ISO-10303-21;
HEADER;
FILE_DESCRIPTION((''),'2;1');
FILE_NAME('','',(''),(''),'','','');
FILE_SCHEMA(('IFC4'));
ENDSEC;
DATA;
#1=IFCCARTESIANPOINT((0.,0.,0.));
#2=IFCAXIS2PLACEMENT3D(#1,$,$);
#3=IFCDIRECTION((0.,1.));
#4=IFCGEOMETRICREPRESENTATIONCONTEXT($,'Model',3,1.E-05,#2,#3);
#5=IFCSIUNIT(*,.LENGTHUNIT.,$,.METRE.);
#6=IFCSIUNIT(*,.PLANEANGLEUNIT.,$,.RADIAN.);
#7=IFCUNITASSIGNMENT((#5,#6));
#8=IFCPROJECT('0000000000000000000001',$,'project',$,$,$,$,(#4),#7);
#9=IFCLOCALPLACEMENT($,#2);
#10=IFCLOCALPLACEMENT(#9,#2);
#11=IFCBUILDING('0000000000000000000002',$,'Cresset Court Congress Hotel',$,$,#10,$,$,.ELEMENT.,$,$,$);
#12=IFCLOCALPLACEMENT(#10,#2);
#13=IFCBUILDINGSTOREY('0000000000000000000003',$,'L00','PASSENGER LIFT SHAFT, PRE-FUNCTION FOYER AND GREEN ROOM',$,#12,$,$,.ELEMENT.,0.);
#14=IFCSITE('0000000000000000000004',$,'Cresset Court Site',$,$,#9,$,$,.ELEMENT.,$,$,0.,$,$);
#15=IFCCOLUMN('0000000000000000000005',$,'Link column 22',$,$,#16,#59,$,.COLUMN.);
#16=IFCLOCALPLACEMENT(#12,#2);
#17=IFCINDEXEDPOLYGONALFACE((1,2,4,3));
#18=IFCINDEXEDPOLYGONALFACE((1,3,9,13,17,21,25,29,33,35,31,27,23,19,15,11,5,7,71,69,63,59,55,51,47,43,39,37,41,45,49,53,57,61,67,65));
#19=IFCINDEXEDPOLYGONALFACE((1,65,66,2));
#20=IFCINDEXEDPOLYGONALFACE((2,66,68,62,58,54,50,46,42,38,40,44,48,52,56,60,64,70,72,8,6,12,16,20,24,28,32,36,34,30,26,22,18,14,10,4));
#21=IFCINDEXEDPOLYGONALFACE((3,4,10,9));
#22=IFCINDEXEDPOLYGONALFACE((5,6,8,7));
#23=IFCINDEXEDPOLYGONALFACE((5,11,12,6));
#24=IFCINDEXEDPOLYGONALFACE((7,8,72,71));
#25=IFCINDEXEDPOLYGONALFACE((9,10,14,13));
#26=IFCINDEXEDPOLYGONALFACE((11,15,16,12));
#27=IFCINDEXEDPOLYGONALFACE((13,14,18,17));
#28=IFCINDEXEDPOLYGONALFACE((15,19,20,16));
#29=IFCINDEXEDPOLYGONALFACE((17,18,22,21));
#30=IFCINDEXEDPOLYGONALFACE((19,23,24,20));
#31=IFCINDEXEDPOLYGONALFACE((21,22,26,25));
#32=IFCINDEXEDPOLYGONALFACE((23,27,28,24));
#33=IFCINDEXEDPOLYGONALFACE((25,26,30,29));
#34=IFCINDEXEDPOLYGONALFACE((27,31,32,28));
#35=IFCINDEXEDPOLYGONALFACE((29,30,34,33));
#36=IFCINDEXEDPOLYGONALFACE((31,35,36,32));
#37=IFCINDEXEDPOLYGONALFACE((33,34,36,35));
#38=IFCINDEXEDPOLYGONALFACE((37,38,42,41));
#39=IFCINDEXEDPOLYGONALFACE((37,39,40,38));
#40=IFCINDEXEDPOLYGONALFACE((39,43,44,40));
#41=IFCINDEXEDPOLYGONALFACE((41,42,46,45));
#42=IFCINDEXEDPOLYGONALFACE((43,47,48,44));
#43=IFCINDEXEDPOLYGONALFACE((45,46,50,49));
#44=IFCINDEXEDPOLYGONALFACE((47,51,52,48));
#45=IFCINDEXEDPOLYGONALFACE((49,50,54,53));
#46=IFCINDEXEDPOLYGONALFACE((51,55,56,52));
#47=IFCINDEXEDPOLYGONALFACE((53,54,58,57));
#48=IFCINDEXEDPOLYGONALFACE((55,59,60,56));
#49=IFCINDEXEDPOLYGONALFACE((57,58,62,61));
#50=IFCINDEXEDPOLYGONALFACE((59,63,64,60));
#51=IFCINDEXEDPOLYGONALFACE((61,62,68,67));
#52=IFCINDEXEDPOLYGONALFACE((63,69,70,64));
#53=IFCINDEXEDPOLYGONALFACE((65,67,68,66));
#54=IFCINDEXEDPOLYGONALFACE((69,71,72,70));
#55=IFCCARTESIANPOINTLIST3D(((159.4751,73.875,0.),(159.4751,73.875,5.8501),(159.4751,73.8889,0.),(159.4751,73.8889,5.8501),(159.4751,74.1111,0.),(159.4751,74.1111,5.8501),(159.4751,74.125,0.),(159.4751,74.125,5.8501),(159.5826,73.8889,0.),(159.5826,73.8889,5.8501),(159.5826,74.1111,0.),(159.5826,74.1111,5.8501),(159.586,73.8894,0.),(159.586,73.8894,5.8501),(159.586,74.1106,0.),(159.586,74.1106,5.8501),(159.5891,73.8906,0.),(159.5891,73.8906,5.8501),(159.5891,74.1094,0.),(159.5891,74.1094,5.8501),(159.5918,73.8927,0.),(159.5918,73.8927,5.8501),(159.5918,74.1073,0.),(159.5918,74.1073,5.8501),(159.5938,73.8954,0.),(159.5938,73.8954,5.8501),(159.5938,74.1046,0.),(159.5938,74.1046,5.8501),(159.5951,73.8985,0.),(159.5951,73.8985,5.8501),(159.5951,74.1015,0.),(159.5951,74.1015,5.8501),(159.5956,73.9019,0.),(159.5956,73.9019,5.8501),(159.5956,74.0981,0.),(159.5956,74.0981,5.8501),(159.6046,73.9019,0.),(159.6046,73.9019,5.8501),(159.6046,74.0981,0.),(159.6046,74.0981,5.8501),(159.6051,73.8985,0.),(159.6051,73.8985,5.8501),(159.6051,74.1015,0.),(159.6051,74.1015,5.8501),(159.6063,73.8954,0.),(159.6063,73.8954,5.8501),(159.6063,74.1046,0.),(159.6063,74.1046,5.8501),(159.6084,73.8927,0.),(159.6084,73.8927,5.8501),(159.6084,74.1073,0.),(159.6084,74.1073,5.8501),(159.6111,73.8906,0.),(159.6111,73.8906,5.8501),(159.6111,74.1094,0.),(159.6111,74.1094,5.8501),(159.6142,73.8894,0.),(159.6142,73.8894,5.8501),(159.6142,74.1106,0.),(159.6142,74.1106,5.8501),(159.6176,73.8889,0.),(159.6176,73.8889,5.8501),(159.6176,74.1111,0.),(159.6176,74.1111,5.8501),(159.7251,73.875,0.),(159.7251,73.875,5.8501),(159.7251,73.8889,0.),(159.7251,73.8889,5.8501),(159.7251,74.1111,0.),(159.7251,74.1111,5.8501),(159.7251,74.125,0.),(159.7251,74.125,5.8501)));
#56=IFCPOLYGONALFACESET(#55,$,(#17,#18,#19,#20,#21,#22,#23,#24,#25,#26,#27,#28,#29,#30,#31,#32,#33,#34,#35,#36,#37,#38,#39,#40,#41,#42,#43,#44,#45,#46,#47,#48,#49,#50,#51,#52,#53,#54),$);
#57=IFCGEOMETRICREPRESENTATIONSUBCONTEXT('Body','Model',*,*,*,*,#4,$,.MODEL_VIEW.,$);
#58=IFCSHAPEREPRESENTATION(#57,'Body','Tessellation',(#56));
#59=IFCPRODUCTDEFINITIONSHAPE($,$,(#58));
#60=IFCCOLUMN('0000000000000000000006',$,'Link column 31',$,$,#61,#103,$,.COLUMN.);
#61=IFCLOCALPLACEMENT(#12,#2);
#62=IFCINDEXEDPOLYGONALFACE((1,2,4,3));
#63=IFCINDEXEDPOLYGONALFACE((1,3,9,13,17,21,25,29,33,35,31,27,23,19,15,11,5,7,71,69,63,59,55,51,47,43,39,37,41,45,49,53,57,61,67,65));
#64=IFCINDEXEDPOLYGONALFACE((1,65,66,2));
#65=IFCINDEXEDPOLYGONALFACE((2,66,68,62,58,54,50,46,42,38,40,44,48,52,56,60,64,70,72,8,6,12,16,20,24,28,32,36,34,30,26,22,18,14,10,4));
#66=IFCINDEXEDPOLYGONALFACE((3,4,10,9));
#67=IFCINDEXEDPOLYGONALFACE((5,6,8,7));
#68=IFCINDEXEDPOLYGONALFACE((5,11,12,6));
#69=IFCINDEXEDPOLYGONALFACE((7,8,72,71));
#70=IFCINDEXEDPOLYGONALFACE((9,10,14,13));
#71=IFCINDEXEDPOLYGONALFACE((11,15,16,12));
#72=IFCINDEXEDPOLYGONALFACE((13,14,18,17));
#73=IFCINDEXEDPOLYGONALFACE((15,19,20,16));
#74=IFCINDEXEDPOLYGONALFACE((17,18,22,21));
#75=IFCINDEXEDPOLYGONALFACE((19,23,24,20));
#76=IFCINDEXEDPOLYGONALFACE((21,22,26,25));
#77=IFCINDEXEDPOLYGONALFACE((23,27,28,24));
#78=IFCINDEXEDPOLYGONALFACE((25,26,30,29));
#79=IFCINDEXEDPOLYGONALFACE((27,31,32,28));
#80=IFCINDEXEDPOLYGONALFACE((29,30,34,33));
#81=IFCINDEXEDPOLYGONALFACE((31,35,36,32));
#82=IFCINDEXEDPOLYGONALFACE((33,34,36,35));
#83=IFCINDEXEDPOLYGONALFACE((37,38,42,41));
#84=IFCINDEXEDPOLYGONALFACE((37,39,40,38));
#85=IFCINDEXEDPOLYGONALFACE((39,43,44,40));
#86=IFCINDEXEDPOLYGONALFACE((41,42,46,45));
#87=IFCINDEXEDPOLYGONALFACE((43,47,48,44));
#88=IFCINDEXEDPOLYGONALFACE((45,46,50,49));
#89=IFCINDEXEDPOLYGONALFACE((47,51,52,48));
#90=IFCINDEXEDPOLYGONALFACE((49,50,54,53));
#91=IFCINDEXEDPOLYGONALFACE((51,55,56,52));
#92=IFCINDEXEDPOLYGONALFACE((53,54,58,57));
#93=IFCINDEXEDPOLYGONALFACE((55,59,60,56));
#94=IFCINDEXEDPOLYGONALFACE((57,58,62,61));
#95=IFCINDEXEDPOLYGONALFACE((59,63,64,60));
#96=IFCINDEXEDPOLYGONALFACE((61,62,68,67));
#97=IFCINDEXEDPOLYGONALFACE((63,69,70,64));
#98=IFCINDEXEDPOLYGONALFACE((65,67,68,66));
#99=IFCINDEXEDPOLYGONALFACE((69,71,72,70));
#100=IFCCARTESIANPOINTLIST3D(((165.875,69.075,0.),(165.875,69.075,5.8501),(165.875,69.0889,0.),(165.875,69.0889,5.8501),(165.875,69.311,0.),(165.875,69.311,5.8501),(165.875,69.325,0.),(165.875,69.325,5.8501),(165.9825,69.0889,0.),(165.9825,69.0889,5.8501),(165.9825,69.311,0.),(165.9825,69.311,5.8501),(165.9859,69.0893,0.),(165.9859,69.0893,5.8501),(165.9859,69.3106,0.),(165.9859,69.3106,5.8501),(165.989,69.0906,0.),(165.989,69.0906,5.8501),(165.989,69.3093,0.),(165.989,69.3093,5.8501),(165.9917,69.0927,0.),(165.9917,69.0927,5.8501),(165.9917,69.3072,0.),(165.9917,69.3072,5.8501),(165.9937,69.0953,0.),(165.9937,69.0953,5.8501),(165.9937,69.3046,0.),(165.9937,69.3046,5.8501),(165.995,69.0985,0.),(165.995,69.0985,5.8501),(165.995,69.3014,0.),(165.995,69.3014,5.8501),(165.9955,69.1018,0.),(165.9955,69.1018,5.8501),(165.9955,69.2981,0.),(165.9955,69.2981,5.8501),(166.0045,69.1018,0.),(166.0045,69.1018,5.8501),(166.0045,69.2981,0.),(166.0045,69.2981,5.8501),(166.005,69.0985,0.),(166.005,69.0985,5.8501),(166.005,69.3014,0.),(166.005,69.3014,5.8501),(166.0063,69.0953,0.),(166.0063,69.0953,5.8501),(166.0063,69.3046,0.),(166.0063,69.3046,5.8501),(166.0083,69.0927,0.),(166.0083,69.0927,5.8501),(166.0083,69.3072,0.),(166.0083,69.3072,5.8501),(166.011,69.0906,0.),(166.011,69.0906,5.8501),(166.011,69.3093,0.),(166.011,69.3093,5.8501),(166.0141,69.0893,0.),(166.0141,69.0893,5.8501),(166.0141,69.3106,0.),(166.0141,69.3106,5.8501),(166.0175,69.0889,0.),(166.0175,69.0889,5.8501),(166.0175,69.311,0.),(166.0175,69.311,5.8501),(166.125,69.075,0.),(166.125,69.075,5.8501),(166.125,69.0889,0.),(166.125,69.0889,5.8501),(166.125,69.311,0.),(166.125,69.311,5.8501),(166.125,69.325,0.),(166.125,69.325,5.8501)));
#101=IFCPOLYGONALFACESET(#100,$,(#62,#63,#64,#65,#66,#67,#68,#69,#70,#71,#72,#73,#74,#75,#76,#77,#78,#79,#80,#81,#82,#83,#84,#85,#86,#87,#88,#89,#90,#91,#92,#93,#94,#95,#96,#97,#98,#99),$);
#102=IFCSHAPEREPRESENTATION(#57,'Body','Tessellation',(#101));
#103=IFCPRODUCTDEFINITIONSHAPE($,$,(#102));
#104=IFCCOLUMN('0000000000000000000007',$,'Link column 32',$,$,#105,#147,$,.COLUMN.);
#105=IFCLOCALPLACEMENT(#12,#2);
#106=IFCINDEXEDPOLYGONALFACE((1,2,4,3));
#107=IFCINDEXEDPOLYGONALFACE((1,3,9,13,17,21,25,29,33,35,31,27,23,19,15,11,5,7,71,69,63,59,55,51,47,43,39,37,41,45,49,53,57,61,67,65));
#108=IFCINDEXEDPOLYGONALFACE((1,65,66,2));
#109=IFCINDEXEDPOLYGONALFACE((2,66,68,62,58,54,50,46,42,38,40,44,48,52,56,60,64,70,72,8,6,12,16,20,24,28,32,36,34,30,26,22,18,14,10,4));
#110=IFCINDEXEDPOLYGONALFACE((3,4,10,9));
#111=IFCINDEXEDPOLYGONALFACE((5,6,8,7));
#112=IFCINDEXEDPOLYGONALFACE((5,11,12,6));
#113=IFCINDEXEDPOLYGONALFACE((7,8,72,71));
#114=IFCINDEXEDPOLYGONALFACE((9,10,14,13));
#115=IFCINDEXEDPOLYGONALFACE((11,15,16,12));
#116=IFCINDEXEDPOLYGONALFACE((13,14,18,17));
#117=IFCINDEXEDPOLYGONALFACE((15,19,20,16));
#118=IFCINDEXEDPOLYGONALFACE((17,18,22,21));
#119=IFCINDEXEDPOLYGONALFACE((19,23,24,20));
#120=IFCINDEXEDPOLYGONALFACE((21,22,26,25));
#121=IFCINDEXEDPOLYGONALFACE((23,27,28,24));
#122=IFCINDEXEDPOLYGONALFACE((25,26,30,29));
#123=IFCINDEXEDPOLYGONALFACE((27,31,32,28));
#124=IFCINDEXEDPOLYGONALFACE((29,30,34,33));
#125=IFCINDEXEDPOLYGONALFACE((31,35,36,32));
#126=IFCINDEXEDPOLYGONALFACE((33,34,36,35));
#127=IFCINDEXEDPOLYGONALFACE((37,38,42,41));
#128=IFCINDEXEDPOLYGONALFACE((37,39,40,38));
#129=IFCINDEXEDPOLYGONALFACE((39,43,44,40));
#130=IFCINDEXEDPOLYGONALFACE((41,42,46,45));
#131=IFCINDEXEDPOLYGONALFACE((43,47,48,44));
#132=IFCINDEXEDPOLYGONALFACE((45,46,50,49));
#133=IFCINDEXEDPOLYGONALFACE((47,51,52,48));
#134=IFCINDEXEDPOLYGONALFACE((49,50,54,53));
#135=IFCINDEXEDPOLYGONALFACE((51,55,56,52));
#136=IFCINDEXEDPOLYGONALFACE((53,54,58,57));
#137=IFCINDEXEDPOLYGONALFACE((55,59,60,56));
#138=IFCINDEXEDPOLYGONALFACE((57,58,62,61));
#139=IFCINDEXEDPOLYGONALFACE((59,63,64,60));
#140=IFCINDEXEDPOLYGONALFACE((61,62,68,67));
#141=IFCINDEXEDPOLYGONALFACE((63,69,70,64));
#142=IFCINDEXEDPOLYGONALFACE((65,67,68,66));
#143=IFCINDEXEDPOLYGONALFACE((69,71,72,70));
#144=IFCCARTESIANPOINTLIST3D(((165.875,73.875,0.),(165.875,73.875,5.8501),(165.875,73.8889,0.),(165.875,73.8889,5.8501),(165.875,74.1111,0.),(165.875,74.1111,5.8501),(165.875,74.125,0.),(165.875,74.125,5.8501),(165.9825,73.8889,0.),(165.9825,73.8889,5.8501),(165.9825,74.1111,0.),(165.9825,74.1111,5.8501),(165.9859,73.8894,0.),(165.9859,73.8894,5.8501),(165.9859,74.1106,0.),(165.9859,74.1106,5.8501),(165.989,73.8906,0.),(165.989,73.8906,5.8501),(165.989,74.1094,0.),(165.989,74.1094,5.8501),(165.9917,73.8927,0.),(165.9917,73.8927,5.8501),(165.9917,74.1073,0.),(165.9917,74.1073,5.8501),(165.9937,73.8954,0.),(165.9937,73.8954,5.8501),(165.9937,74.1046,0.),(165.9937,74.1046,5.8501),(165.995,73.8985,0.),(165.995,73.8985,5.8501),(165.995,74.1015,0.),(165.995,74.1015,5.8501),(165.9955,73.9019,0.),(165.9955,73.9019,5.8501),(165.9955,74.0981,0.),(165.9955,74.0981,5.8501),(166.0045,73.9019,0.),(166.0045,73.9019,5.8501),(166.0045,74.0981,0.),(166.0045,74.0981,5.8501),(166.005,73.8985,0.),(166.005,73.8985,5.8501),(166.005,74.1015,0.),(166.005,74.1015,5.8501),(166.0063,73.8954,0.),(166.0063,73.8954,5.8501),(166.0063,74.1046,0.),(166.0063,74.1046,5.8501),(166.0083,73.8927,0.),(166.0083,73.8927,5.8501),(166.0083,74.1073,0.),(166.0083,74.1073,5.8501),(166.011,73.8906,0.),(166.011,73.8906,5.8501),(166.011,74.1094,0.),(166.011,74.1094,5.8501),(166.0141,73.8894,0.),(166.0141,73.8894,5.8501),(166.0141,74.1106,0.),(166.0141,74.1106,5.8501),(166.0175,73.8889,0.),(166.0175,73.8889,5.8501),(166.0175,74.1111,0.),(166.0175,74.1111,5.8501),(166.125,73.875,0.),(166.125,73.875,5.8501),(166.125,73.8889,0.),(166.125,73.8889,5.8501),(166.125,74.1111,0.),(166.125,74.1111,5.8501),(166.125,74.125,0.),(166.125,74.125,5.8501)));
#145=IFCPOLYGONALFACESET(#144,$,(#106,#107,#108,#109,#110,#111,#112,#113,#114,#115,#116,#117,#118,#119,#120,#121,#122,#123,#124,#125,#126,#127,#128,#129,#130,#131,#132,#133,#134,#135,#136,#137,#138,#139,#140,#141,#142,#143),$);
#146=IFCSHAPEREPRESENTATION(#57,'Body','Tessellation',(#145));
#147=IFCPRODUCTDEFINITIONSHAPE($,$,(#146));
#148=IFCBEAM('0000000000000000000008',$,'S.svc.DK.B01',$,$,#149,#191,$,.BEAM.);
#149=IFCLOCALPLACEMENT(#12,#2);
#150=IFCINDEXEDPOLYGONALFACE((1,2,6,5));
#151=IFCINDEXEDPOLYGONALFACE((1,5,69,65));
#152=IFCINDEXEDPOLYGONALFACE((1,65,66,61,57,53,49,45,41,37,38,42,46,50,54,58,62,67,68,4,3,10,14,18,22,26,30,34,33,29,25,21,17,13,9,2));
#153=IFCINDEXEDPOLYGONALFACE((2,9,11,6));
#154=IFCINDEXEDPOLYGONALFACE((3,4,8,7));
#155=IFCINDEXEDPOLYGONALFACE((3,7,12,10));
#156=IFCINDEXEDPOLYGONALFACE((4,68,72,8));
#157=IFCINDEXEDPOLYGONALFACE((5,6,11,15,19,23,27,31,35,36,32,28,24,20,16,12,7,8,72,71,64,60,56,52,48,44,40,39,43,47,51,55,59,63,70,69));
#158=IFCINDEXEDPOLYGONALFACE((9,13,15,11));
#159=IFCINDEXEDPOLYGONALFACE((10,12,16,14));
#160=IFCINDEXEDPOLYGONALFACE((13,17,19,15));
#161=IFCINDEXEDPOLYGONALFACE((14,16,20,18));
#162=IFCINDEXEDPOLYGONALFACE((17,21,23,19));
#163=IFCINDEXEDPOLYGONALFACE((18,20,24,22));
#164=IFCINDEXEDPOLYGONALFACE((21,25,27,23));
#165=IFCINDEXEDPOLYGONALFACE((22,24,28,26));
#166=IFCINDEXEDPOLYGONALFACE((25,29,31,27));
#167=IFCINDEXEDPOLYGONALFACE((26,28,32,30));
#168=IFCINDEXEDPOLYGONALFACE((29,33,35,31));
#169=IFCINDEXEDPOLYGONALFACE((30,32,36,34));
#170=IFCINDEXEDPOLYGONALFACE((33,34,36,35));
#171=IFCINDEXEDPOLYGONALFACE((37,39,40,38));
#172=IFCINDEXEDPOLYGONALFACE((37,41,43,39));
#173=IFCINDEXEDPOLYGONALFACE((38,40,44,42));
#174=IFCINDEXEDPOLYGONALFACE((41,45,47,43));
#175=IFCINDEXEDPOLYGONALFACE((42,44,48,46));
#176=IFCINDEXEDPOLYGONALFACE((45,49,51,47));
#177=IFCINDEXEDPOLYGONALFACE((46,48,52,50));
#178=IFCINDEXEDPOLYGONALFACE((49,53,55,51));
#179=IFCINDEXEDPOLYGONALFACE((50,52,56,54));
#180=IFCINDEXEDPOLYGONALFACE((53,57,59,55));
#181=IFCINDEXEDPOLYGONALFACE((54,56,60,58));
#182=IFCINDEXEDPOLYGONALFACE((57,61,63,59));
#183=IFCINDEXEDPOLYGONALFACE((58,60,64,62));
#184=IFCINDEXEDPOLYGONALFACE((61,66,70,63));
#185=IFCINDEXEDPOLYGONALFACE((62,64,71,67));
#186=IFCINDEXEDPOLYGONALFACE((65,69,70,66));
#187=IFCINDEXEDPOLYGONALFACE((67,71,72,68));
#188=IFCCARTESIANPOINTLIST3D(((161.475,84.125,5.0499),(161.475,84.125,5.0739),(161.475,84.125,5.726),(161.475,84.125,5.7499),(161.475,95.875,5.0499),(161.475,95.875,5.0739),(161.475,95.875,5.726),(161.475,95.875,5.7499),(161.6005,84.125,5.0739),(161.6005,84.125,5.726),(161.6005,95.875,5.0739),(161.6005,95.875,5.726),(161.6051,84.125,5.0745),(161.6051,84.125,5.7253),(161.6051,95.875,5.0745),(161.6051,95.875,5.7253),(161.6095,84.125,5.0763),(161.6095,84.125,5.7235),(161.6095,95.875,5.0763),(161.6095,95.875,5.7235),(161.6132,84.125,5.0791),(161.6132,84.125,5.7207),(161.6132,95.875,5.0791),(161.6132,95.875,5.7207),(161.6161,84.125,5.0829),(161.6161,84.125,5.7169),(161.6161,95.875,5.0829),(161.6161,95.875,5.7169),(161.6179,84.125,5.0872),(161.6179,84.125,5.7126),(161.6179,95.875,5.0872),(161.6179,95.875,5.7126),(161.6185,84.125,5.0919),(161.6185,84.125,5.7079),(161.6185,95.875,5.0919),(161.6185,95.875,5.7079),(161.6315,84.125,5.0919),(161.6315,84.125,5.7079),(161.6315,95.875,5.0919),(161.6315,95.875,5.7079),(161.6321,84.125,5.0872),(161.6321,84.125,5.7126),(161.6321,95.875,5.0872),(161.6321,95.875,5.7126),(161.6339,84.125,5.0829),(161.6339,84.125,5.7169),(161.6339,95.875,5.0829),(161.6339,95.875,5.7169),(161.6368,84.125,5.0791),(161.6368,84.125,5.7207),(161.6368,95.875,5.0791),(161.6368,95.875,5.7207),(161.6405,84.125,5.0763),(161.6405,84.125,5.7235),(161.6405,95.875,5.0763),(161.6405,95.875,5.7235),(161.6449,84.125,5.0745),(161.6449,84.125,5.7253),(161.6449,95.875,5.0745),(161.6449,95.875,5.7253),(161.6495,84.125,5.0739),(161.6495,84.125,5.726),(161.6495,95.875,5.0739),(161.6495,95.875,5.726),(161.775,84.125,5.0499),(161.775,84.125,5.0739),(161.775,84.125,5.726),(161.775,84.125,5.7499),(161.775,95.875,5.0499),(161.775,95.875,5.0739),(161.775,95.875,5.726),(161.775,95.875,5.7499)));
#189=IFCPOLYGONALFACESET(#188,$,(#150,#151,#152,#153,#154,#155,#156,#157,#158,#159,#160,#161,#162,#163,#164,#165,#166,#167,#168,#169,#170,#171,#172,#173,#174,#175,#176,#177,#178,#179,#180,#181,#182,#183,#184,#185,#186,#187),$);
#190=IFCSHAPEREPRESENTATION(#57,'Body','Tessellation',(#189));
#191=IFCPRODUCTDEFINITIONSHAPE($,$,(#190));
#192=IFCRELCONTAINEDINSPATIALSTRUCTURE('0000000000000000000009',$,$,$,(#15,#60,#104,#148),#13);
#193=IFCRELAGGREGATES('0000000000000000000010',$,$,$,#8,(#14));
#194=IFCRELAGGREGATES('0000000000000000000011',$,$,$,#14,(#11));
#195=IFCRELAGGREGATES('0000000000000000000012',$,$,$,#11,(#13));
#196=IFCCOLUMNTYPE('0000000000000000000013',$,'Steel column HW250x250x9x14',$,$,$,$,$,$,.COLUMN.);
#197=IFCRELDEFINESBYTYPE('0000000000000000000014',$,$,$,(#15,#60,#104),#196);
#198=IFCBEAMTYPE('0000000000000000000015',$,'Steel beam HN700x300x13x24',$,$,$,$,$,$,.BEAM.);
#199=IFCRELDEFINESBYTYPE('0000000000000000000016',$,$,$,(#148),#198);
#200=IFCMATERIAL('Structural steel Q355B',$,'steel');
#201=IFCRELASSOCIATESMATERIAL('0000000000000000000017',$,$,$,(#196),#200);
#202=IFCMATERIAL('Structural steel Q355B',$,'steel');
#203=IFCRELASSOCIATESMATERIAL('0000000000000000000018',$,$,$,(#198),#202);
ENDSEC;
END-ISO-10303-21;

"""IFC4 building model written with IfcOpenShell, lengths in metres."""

from ifc_helpers import new_model, si_unit, direction, frame, origin, origin_2d, place, context, subcontext, project, spatial, i_section, extrude, material, material_profile, profile_set, type_object, element, save


model = new_model("IFC4")

# Units and contexts
model_context = context("Model", 3, precision=1e-05, world=origin(), true_north=direction((0.0, 1.0)))
body_context = subcontext(model_context, "Body", "Model", "MODEL_VIEW")
ifc_project = project(units=[si_unit("LENGTHUNIT", "METRE"), si_unit("PLANEANGLEUNIT", "RADIAN")], contexts=[model_context])

# Site, building, storey
site_placement = place(None, origin())
site = spatial("IfcSite", under=ifc_project, at=site_placement, Name="Cresset Court Site", CompositionType="ELEMENT", RefElevation=0.0)
building_placement = place(site_placement, origin())
building = spatial("IfcBuilding", under=site, at=building_placement, Name="Cresset Court Congress Hotel", CompositionType="ELEMENT")
storey_placement = place(building_placement, origin())
storey = spatial("IfcBuildingStorey", under=building, at=storey_placement, Name="L00", Description="PASSENGER LIFT SHAFT, PRE-FUNCTION FOYER AND GREEN ROOM", CompositionType="ELEMENT", Elevation=0.0)

# Columns
ifc_material_1 = material(Name="Structural steel Q355B", Category="steel")
ifc_material_profile_1 = material_profile(ifc_material_1, i_section(OverallWidth=0.25, OverallDepth=0.25, WebThickness=0.009, FlangeThickness=0.0139, FilletRadius=0.0129, at=origin_2d()), Name="HW250x250x9x14")
ifc_profile_set_1 = profile_set([ifc_material_profile_1], Name="Structural steel Q355B")
column_type = type_object("IfcColumnType", Name="Steel column HW250x250x9x14", PredefinedType="COLUMN", material=ifc_profile_set_1)
for number, where, z_axis, x_axis, name in (
    (1, (159.6001, 74.0, 0.0), (0.0, 0.0, 1.0), (1.0, 0.0, 0.0), "Link column 22"),
    (2, (166.0, 69.2, 0.0), (0.0, 0.0, 1.0), (1.0, 0.0, 0.0), "Link column 31"),
    (3, (166.0, 74.0, 0.0), (0.0, 0.0, 1.0), (1.0, 0.0, 0.0), "Link column 32"),
):
    element("IfcColumn", number, at=place(storey_placement, frame(where, z_axis=z_axis, x_axis=x_axis)), inside=storey, type_object=column_type, Name=name, PredefinedType="COLUMN", context=body_context, shape_type="SweptSolid", body=[
        extrude(i_section(OverallWidth=0.25, OverallDepth=0.25, WebThickness=0.009, FlangeThickness=0.0139, FilletRadius=0.0129, at=origin_2d()), origin(), (0.0, 0.0, 1.0), 5.8501),
    ])

# Beam
ifc_material_2 = material(Name="Structural steel Q355B", Category="steel")
ifc_material_profile_2 = material_profile(ifc_material_2, i_section(OverallWidth=0.3, OverallDepth=0.7, WebThickness=0.0129, FlangeThickness=0.0239, FilletRadius=0.0181, at=origin_2d()), Name="HN700x300x13x24")
ifc_profile_set_2 = profile_set([ifc_material_profile_2], Name="Structural steel Q355B")
beam_type = type_object("IfcBeamType", Name="Steel beam HN700x300x13x24", PredefinedType="BEAM", material=ifc_profile_set_2)
for number, where, z_axis, x_axis, name in (
    (4, (161.625, 84.125, 5.3999), (0.0, 1.0, 0.0), (-1.0, 0.0, 0.0), "S.svc.DK.B01"),
):
    element("IfcBeam", number, at=place(storey_placement, frame(where, z_axis=z_axis, x_axis=x_axis)), inside=storey, type_object=beam_type, Name=name, PredefinedType="BEAM", context=body_context, shape_type="SweptSolid", body=[
        extrude(i_section(OverallWidth=0.3, OverallDepth=0.7, WebThickness=0.0129, FlangeThickness=0.0239, FilletRadius=0.0181, at=origin_2d()), origin(), (0.0, 0.0, 1.0), 11.75),
    ])

save(model, "model.ifc")
